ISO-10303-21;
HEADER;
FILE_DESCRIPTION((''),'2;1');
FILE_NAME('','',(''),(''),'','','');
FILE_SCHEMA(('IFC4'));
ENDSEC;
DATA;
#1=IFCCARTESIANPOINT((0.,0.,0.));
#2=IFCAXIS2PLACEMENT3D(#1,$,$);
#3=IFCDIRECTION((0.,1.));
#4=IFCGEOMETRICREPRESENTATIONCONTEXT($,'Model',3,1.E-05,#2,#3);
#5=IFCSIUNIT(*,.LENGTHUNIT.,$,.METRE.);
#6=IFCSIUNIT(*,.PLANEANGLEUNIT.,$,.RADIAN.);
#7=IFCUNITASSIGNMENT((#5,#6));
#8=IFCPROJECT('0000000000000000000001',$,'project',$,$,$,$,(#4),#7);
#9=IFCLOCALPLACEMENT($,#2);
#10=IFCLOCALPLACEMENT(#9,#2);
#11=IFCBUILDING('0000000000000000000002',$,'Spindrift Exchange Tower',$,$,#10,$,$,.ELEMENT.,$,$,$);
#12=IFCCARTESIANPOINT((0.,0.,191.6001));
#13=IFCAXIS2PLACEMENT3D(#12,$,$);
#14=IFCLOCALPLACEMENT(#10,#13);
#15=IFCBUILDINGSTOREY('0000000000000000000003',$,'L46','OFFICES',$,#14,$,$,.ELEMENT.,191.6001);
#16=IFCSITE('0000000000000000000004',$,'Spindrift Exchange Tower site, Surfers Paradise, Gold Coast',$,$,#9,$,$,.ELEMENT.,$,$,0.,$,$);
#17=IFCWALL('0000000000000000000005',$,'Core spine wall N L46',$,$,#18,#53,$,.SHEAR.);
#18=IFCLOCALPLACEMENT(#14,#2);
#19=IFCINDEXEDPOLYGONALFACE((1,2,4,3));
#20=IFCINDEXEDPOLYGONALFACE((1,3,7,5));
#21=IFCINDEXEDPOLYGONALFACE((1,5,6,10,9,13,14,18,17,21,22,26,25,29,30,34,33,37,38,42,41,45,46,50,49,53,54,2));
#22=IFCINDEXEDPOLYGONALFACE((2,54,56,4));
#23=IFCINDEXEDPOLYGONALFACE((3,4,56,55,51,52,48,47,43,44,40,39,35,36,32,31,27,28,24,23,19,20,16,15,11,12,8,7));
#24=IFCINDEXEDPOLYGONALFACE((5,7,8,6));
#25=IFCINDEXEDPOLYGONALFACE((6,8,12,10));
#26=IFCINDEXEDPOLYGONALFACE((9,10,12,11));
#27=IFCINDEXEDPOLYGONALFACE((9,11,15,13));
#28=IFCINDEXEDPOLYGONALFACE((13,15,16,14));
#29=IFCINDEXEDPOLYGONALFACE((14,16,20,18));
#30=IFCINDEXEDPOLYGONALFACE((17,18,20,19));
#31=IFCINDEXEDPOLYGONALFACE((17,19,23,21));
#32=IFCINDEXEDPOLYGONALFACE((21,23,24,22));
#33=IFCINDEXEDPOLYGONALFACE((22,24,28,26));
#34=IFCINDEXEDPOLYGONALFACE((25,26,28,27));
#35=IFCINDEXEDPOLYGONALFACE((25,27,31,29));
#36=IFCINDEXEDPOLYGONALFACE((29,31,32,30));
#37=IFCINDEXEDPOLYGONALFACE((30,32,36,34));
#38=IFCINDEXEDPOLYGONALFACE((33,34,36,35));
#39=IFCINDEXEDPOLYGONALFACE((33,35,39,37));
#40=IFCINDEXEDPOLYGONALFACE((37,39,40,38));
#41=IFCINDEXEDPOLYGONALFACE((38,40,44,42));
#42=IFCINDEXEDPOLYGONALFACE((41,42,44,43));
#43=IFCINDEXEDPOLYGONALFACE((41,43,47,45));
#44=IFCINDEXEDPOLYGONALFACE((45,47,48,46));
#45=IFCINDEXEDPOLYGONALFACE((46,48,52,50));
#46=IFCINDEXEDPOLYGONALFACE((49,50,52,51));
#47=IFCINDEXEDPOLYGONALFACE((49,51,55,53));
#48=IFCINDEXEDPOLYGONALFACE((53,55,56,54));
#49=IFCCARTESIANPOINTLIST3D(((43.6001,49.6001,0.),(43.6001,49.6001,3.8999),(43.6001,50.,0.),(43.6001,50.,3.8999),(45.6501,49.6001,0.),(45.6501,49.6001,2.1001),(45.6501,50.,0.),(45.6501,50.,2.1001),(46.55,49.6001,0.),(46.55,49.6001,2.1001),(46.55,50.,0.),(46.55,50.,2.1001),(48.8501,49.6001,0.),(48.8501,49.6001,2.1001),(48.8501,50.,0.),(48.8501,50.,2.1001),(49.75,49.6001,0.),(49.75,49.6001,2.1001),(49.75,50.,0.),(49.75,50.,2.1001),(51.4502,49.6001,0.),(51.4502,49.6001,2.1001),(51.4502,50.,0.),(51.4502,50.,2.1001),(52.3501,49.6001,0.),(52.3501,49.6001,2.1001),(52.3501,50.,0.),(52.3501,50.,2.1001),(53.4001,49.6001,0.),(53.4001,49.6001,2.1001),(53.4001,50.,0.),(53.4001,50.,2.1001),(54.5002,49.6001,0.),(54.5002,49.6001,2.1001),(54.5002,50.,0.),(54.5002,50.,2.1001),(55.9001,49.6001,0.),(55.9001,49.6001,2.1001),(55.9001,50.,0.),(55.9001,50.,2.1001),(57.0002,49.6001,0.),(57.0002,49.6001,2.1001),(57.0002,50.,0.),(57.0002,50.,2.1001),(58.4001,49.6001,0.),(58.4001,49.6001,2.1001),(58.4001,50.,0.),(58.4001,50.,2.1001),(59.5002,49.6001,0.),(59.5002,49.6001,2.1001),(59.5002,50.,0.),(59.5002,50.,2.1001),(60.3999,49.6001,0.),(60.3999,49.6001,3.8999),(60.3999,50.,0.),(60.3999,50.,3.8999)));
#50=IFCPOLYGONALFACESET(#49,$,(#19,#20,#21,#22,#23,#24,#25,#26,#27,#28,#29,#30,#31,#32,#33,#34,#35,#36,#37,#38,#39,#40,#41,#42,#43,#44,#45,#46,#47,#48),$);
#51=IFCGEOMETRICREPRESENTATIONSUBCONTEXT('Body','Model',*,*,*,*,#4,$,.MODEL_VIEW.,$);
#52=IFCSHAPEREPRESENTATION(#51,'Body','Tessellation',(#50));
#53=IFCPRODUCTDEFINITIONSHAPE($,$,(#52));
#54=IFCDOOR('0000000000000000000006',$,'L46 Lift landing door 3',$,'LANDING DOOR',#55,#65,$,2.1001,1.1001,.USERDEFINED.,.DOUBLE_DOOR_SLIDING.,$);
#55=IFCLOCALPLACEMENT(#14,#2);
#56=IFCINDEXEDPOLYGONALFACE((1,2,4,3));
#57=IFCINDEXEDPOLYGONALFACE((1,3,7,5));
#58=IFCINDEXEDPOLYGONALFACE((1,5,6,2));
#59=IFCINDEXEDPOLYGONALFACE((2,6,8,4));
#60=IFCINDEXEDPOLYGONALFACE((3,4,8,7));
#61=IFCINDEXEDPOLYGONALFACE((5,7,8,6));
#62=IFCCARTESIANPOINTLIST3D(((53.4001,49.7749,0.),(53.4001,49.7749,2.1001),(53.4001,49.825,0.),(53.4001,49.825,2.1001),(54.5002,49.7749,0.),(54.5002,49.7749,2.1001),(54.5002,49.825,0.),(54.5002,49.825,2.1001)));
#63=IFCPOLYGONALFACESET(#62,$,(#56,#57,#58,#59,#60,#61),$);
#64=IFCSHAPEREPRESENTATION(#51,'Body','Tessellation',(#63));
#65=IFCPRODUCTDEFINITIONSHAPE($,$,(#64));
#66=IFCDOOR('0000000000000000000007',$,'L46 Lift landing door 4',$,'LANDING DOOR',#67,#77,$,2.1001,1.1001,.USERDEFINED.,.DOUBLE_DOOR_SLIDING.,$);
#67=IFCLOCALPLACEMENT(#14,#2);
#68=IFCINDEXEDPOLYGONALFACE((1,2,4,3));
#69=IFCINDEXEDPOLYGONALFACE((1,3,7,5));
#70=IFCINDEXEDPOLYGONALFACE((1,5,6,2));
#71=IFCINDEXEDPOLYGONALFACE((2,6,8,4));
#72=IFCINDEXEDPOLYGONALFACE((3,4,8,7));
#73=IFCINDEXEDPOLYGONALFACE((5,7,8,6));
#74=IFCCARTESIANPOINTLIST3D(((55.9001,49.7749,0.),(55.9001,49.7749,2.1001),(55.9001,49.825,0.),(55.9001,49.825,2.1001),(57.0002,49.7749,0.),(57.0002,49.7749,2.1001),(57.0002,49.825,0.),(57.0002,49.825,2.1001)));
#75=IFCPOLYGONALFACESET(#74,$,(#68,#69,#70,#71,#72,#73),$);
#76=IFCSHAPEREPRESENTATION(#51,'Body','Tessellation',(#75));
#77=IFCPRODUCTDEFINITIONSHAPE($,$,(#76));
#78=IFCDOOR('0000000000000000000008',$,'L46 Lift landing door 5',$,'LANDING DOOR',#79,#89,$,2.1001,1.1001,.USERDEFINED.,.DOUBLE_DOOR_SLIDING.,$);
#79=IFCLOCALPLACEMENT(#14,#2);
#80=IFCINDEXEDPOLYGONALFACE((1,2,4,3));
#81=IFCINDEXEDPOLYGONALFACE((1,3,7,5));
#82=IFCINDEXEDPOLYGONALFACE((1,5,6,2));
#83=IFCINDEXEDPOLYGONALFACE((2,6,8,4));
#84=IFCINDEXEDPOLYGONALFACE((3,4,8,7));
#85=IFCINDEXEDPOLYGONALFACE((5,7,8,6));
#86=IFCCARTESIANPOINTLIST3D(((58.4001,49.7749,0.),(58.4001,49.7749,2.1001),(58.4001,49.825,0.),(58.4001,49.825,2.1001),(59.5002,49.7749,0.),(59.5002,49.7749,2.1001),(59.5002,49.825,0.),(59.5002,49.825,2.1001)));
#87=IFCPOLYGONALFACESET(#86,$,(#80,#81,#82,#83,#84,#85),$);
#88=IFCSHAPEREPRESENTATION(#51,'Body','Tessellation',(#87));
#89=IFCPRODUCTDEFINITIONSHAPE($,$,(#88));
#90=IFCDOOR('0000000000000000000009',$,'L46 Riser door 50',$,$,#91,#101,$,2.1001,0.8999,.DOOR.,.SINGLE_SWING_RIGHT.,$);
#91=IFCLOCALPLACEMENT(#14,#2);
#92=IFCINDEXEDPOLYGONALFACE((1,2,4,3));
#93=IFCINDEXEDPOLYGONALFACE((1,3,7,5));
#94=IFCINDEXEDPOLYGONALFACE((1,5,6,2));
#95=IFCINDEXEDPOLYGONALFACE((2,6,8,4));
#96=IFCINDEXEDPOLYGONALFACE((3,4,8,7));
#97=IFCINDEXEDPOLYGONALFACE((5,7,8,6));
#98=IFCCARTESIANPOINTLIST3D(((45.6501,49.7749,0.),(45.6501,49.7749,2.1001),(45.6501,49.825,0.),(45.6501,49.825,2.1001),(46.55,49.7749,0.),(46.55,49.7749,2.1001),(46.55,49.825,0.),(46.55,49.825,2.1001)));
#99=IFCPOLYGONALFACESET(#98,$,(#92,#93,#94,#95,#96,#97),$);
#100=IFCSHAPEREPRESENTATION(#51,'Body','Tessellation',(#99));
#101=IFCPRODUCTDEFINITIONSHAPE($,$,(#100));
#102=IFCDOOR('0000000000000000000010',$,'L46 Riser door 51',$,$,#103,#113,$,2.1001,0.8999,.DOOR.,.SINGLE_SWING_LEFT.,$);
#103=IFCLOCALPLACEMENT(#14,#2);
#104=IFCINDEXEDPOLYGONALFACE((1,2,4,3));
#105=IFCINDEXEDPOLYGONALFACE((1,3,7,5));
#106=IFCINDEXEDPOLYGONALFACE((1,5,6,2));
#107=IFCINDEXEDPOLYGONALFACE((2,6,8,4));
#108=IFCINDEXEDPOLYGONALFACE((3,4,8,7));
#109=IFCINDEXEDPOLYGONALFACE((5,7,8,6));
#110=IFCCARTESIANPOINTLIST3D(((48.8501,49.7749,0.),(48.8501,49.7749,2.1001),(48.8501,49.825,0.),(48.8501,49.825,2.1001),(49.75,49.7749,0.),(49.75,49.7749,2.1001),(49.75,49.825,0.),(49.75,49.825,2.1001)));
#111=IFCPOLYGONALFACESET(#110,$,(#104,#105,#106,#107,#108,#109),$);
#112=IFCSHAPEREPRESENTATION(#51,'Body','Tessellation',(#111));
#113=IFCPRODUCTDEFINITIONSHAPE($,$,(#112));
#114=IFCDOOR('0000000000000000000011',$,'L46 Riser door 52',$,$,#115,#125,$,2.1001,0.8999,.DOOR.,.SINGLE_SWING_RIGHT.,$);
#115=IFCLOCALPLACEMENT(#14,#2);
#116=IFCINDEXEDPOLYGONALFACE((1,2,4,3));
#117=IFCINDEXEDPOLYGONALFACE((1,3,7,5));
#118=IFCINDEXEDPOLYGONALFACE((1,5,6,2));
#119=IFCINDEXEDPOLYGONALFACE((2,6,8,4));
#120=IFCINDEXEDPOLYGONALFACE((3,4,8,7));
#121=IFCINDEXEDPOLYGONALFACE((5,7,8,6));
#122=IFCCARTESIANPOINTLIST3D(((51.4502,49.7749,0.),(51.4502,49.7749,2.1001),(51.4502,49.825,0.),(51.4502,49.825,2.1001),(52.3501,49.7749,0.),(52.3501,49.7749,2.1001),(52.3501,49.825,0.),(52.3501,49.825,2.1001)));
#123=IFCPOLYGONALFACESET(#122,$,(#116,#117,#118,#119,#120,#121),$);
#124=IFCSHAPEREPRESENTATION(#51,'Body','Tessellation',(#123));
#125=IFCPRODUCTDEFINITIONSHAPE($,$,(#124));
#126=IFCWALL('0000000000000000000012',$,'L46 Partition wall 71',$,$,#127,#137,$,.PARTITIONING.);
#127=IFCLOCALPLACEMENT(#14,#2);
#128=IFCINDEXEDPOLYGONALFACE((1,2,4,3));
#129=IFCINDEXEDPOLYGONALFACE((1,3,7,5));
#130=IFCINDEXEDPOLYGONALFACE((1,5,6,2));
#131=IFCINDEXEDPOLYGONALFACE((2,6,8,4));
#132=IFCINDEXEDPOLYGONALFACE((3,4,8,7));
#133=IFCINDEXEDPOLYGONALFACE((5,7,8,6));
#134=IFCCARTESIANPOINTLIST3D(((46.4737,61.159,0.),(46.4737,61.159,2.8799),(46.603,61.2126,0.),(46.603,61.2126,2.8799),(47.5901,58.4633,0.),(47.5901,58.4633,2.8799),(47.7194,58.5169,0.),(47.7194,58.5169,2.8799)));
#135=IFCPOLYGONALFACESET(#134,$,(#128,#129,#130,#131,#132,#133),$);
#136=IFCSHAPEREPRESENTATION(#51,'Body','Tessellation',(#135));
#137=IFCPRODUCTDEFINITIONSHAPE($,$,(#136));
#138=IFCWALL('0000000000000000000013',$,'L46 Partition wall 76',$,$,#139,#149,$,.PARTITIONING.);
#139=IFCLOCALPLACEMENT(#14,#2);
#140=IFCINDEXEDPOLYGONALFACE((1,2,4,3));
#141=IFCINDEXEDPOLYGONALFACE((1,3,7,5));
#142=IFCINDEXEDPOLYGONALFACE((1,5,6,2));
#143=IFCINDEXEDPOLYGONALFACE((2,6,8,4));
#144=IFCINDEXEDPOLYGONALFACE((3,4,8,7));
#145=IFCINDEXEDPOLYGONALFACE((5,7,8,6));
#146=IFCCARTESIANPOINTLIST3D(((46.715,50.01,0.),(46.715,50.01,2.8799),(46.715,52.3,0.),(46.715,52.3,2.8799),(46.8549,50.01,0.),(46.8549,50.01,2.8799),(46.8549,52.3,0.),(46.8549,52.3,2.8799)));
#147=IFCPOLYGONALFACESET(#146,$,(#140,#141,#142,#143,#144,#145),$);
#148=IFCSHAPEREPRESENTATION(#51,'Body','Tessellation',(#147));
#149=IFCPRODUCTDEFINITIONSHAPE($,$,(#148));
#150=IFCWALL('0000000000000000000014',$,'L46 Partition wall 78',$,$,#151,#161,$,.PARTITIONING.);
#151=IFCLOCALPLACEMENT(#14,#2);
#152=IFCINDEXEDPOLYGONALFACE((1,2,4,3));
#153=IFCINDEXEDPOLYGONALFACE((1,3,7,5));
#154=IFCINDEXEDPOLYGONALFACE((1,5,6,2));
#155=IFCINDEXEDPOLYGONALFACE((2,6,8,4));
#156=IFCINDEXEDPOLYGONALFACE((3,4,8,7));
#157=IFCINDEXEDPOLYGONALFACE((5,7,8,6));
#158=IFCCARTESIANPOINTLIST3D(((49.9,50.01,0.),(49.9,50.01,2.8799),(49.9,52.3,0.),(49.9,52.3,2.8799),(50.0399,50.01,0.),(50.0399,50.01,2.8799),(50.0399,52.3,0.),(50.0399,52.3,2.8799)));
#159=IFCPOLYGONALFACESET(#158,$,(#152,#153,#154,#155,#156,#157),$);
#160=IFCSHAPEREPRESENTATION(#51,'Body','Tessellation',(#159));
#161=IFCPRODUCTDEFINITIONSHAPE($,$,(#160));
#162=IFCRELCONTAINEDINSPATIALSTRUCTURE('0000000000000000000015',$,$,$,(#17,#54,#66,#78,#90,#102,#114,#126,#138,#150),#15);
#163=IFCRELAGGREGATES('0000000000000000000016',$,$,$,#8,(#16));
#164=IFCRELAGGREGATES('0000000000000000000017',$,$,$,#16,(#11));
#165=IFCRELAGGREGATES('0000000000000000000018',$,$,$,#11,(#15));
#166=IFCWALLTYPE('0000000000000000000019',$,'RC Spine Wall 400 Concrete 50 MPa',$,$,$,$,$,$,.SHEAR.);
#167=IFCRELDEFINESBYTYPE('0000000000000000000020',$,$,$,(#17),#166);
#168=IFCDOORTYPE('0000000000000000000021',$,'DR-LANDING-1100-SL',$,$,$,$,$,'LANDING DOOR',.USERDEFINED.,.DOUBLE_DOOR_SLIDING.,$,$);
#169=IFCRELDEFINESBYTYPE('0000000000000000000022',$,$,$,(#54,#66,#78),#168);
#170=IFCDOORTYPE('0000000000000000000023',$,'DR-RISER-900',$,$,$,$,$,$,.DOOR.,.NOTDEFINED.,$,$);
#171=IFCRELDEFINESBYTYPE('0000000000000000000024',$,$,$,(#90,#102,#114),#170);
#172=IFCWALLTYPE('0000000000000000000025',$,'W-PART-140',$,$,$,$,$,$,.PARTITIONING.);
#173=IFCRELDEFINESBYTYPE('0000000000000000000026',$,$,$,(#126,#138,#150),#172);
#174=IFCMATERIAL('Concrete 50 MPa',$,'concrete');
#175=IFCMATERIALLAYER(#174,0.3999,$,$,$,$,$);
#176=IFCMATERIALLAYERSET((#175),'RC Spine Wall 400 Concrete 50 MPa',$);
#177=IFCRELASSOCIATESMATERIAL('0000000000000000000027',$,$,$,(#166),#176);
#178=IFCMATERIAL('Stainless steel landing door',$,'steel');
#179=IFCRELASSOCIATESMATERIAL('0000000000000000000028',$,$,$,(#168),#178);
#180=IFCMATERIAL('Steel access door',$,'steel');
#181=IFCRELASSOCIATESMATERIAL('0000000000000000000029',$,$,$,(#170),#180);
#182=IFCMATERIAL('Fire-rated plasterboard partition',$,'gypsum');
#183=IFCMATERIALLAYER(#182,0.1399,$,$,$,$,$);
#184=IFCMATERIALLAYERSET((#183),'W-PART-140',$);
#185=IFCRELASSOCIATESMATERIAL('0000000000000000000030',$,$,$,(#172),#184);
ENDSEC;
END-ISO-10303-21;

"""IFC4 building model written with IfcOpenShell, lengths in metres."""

from ifc_helpers import new_model, si_unit, direction, frame, frame_2d, origin, place, context, subcontext, project, spatial, rectangle, extrude, source, transform, mapped, material, layer, layer_set, type_object, element, fill, save


model = new_model("IFC4")

# Units and contexts
model_context = context("Model", 3, precision=1e-05, world=origin(), true_north=direction((0.0, 1.0)))
body_context = subcontext(model_context, "Body", "Model", "MODEL_VIEW")
ifc_project = project(units=[si_unit("LENGTHUNIT", "METRE"), si_unit("PLANEANGLEUNIT", "RADIAN")], contexts=[model_context])

# Site, building, storey
site_placement = place(None, origin())
site = spatial("IfcSite", under=ifc_project, at=site_placement, Name="Spindrift Exchange Tower site, Surfers Paradise, Gold Coast", CompositionType="ELEMENT", RefElevation=0.0)
building_placement = place(site_placement, origin())
building = spatial("IfcBuilding", under=site, at=building_placement, Name="Spindrift Exchange Tower", CompositionType="ELEMENT")
storey_placement = place(building_placement, frame((0.0, 0.0, 191.6001)))
storey = spatial("IfcBuildingStorey", under=building, at=storey_placement, Name="L46", Description="OFFICES", CompositionType="ELEMENT", Elevation=191.6001)

# Shared definitions
ifc_material_1 = material(Name="Concrete 50 MPa", Category="concrete")

# Wall, openings, doors
ifc_layer_1 = layer(ifc_material_1, 0.3999)
ifc_layer_set_1 = layer_set([ifc_layer_1], Name="RC Spine Wall 400 Concrete 50 MPa")
wall_type_1 = type_object("IfcWallType", Name="RC Spine Wall 400 Concrete 50 MPa", PredefinedType="SHEAR", material=ifc_layer_set_1)
wall_1_placement = place(storey_placement, frame((43.6001, 49.8, 0.0), z_axis=(0.0, 0.0, 1.0), x_axis=(1.0, 0.0, 0.0)))
wall_1 = element("IfcWall", 1, at=wall_1_placement, inside=storey, type_object=wall_type_1, Name="Core spine wall N L46", PredefinedType="SHEAR", context=body_context, shape_type="SweptSolid", body=[
    extrude(rectangle(XDim=16.7998, YDim=0.3999, at=frame_2d((8.3999, 0.0))), origin(), (0.0, 0.0, 1.0), 3.8999),
])
opening_1_placement = place(wall_1_placement, frame((9.8, 0.0, 0.0)))
opening_1 = element("IfcOpeningElement", 2, at=opening_1_placement, cuts=wall_1, PredefinedType="OPENING", context=body_context, shape_type="SweptSolid", body=[
    extrude(rectangle(XDim=1.1001, YDim=2.1001, at=frame_2d((0.55, 1.05))), frame((0.0, 0.21, 0.0), z_axis=(0.0, -1.0, 0.0), x_axis=(1.0, 0.0, 0.0)), (0.0, 0.0, 1.0), 0.4199),
])
opening_2_placement = place(wall_1_placement, frame((12.3, 0.0, 0.0)))
opening_2 = element("IfcOpeningElement", 3, at=opening_2_placement, cuts=wall_1, PredefinedType="OPENING", context=body_context, shape_type="SweptSolid", body=[
    extrude(rectangle(XDim=1.1001, YDim=2.1001, at=frame_2d((0.55, 1.05))), frame((0.0, 0.21, 0.0), z_axis=(0.0, -1.0, 0.0), x_axis=(1.0, 0.0, 0.0)), (0.0, 0.0, 1.0), 0.4199),
])
opening_3_placement = place(wall_1_placement, frame((14.8, 0.0, 0.0)))
opening_3 = element("IfcOpeningElement", 4, at=opening_3_placement, cuts=wall_1, PredefinedType="OPENING", context=body_context, shape_type="SweptSolid", body=[
    extrude(rectangle(XDim=1.1001, YDim=2.1001, at=frame_2d((0.55, 1.05))), frame((0.0, 0.21, 0.0), z_axis=(0.0, -1.0, 0.0), x_axis=(1.0, 0.0, 0.0)), (0.0, 0.0, 1.0), 0.4199),
])
opening_4_placement = place(wall_1_placement, frame((2.05, 0.0, 0.0)))
opening_4 = element("IfcOpeningElement", 5, at=opening_4_placement, cuts=wall_1, PredefinedType="OPENING", context=body_context, shape_type="SweptSolid", body=[
    extrude(rectangle(XDim=0.8999, YDim=2.1001, at=frame_2d((0.45, 1.05))), frame((0.0, 0.21, 0.0), z_axis=(0.0, -1.0, 0.0), x_axis=(1.0, 0.0, 0.0)), (0.0, 0.0, 1.0), 0.4199),
])
opening_5_placement = place(wall_1_placement, frame((5.25, 0.0, 0.0)))
opening_5 = element("IfcOpeningElement", 6, at=opening_5_placement, cuts=wall_1, PredefinedType="OPENING", context=body_context, shape_type="SweptSolid", body=[
    extrude(rectangle(XDim=0.8999, YDim=2.1001, at=frame_2d((0.45, 1.05))), frame((0.0, 0.21, 0.0), z_axis=(0.0, -1.0, 0.0), x_axis=(1.0, 0.0, 0.0)), (0.0, 0.0, 1.0), 0.4199),
])
opening_6_placement = place(wall_1_placement, frame((7.8501, 0.0, 0.0)))
opening_6 = element("IfcOpeningElement", 7, at=opening_6_placement, cuts=wall_1, PredefinedType="OPENING", context=body_context, shape_type="SweptSolid", body=[
    extrude(rectangle(XDim=0.8999, YDim=2.1001, at=frame_2d((0.45, 1.05))), frame((0.0, 0.21, 0.0), z_axis=(0.0, -1.0, 0.0), x_axis=(1.0, 0.0, 0.0)), (0.0, 0.0, 1.0), 0.4199),
])
ifc_material_2 = material(Name="Stainless steel landing door", Category="steel")
door_type_1 = type_object("IfcDoorType", Name="DR-LANDING-1100-SL", ElementType="LANDING DOOR", OperationType="DOUBLE_DOOR_SLIDING", PredefinedType="USERDEFINED", material=ifc_material_2)
shared_shape_1 = source(origin(), body_context, "Body", "SweptSolid", [
    extrude(rectangle(XDim=1.1001, YDim=2.1001, at=frame_2d((0.55, 1.05))), frame((0.0, 0.0249, 0.0), z_axis=(0.0, -1.0, 0.0), x_axis=(1.0, 0.0, 0.0)), (0.0, 0.0, 1.0), 0.05),
])
door_1_placement = place(opening_1_placement, origin())
door_1 = element("IfcDoor", 8, at=door_1_placement, inside=storey, type_object=door_type_1, Name="L46 Lift landing door 3", ObjectType="LANDING DOOR", OperationType="DOUBLE_DOOR_SLIDING", OverallHeight=2.1001, OverallWidth=1.1001, PredefinedType="USERDEFINED", context=body_context, shape_type="MappedRepresentation", body=[
    mapped(shared_shape_1, transform((0.0, 0.0, 0.0), scale=1.0)),
])
fill(opening_1, door_1)
door_2_placement = place(opening_2_placement, origin())
door_2 = element("IfcDoor", 9, at=door_2_placement, inside=storey, type_object=door_type_1, Name="L46 Lift landing door 4", ObjectType="LANDING DOOR", OperationType="DOUBLE_DOOR_SLIDING", OverallHeight=2.1001, OverallWidth=1.1001, PredefinedType="USERDEFINED", context=body_context, shape_type="MappedRepresentation", body=[
    mapped(shared_shape_1, transform((0.0, 0.0, 0.0), scale=1.0)),
])
fill(opening_2, door_2)
door_3_placement = place(opening_3_placement, origin())
door_3 = element("IfcDoor", 10, at=door_3_placement, inside=storey, type_object=door_type_1, Name="L46 Lift landing door 5", ObjectType="LANDING DOOR", OperationType="DOUBLE_DOOR_SLIDING", OverallHeight=2.1001, OverallWidth=1.1001, PredefinedType="USERDEFINED", context=body_context, shape_type="MappedRepresentation", body=[
    mapped(shared_shape_1, transform((0.0, 0.0, 0.0), scale=1.0)),
])
fill(opening_3, door_3)
ifc_material_3 = material(Name="Steel access door", Category="steel")
door_type_2 = type_object("IfcDoorType", Name="DR-RISER-900", OperationType="NOTDEFINED", PredefinedType="DOOR", material=ifc_material_3)
shared_shape_2 = source(origin(), body_context, "Body", "SweptSolid", [
    extrude(rectangle(XDim=0.8999, YDim=2.1001, at=frame_2d((0.45, 1.05))), frame((0.0, 0.0249, 0.0), z_axis=(0.0, -1.0, 0.0), x_axis=(1.0, 0.0, 0.0)), (0.0, 0.0, 1.0), 0.05),
])
door_4_placement = place(opening_4_placement, origin())
door_4 = element("IfcDoor", 11, at=door_4_placement, inside=storey, type_object=door_type_2, Name="L46 Riser door 50", OperationType="SINGLE_SWING_RIGHT", OverallHeight=2.1001, OverallWidth=0.8999, PredefinedType="DOOR", context=body_context, shape_type="MappedRepresentation", body=[
    mapped(shared_shape_2, transform((0.0, 0.0, 0.0), scale=1.0)),
])
fill(opening_4, door_4)
door_5_placement = place(opening_5_placement, origin())
door_5 = element("IfcDoor", 12, at=door_5_placement, inside=storey, type_object=door_type_2, Name="L46 Riser door 51", OperationType="SINGLE_SWING_LEFT", OverallHeight=2.1001, OverallWidth=0.8999, PredefinedType="DOOR", context=body_context, shape_type="MappedRepresentation", body=[
    mapped(shared_shape_2, transform((0.0, 0.0, 0.0), scale=1.0)),
])
fill(opening_5, door_5)
door_6_placement = place(opening_6_placement, origin())
door_6 = element("IfcDoor", 13, at=door_6_placement, inside=storey, type_object=door_type_2, Name="L46 Riser door 52", OperationType="SINGLE_SWING_RIGHT", OverallHeight=2.1001, OverallWidth=0.8999, PredefinedType="DOOR", context=body_context, shape_type="MappedRepresentation", body=[
    mapped(shared_shape_2, transform((0.0, 0.0, 0.0), scale=1.0)),
])
fill(opening_6, door_6)

# Walls
ifc_material_4 = material(Name="Fire-rated plasterboard partition", Category="gypsum")
ifc_layer_2 = layer(ifc_material_4, 0.1399)
ifc_layer_set_2 = layer_set([ifc_layer_2], Name="W-PART-140")
wall_type_2 = type_object("IfcWallType", Name="W-PART-140", PredefinedType="PARTITIONING", material=ifc_layer_set_2)
wall_2_placement = place(storey_placement, frame((47.6548, 58.49, 0.0), z_axis=(0.0, 0.0, 1.0), x_axis=(-0.38263, 0.923902, 0.0)))
element("IfcWall", 14, at=wall_2_placement, inside=storey, type_object=wall_type_2, Name="L46 Partition wall 71", PredefinedType="PARTITIONING", context=body_context, shape_type="SweptSolid", body=[
    extrude(rectangle(XDim=2.9177, YDim=0.1399, at=frame_2d((1.459, 0.0))), origin(), (0.0, 0.0, 1.0), 2.8799),
])
for number, where, z_axis, x_axis, name in (
    (15, (46.7849, 50.01, 0.0), (0.0, 0.0, 1.0), (0.0, 1.0, 0.0), "L46 Partition wall 76"),
    (16, (49.97, 50.01, 0.0), (0.0, 0.0, 1.0), (0.0, 1.0, 0.0), "L46 Partition wall 78"),
):
    element("IfcWall", number, at=place(storey_placement, frame(where, z_axis=z_axis, x_axis=x_axis)), inside=storey, type_object=wall_type_2, Name=name, PredefinedType="PARTITIONING", context=body_context, shape_type="SweptSolid", body=[
        extrude(rectangle(XDim=2.29, YDim=0.1399, at=frame_2d((1.145, 0.0))), origin(), (0.0, 0.0, 1.0), 2.8799),
    ])

save(model, "model.ifc")
